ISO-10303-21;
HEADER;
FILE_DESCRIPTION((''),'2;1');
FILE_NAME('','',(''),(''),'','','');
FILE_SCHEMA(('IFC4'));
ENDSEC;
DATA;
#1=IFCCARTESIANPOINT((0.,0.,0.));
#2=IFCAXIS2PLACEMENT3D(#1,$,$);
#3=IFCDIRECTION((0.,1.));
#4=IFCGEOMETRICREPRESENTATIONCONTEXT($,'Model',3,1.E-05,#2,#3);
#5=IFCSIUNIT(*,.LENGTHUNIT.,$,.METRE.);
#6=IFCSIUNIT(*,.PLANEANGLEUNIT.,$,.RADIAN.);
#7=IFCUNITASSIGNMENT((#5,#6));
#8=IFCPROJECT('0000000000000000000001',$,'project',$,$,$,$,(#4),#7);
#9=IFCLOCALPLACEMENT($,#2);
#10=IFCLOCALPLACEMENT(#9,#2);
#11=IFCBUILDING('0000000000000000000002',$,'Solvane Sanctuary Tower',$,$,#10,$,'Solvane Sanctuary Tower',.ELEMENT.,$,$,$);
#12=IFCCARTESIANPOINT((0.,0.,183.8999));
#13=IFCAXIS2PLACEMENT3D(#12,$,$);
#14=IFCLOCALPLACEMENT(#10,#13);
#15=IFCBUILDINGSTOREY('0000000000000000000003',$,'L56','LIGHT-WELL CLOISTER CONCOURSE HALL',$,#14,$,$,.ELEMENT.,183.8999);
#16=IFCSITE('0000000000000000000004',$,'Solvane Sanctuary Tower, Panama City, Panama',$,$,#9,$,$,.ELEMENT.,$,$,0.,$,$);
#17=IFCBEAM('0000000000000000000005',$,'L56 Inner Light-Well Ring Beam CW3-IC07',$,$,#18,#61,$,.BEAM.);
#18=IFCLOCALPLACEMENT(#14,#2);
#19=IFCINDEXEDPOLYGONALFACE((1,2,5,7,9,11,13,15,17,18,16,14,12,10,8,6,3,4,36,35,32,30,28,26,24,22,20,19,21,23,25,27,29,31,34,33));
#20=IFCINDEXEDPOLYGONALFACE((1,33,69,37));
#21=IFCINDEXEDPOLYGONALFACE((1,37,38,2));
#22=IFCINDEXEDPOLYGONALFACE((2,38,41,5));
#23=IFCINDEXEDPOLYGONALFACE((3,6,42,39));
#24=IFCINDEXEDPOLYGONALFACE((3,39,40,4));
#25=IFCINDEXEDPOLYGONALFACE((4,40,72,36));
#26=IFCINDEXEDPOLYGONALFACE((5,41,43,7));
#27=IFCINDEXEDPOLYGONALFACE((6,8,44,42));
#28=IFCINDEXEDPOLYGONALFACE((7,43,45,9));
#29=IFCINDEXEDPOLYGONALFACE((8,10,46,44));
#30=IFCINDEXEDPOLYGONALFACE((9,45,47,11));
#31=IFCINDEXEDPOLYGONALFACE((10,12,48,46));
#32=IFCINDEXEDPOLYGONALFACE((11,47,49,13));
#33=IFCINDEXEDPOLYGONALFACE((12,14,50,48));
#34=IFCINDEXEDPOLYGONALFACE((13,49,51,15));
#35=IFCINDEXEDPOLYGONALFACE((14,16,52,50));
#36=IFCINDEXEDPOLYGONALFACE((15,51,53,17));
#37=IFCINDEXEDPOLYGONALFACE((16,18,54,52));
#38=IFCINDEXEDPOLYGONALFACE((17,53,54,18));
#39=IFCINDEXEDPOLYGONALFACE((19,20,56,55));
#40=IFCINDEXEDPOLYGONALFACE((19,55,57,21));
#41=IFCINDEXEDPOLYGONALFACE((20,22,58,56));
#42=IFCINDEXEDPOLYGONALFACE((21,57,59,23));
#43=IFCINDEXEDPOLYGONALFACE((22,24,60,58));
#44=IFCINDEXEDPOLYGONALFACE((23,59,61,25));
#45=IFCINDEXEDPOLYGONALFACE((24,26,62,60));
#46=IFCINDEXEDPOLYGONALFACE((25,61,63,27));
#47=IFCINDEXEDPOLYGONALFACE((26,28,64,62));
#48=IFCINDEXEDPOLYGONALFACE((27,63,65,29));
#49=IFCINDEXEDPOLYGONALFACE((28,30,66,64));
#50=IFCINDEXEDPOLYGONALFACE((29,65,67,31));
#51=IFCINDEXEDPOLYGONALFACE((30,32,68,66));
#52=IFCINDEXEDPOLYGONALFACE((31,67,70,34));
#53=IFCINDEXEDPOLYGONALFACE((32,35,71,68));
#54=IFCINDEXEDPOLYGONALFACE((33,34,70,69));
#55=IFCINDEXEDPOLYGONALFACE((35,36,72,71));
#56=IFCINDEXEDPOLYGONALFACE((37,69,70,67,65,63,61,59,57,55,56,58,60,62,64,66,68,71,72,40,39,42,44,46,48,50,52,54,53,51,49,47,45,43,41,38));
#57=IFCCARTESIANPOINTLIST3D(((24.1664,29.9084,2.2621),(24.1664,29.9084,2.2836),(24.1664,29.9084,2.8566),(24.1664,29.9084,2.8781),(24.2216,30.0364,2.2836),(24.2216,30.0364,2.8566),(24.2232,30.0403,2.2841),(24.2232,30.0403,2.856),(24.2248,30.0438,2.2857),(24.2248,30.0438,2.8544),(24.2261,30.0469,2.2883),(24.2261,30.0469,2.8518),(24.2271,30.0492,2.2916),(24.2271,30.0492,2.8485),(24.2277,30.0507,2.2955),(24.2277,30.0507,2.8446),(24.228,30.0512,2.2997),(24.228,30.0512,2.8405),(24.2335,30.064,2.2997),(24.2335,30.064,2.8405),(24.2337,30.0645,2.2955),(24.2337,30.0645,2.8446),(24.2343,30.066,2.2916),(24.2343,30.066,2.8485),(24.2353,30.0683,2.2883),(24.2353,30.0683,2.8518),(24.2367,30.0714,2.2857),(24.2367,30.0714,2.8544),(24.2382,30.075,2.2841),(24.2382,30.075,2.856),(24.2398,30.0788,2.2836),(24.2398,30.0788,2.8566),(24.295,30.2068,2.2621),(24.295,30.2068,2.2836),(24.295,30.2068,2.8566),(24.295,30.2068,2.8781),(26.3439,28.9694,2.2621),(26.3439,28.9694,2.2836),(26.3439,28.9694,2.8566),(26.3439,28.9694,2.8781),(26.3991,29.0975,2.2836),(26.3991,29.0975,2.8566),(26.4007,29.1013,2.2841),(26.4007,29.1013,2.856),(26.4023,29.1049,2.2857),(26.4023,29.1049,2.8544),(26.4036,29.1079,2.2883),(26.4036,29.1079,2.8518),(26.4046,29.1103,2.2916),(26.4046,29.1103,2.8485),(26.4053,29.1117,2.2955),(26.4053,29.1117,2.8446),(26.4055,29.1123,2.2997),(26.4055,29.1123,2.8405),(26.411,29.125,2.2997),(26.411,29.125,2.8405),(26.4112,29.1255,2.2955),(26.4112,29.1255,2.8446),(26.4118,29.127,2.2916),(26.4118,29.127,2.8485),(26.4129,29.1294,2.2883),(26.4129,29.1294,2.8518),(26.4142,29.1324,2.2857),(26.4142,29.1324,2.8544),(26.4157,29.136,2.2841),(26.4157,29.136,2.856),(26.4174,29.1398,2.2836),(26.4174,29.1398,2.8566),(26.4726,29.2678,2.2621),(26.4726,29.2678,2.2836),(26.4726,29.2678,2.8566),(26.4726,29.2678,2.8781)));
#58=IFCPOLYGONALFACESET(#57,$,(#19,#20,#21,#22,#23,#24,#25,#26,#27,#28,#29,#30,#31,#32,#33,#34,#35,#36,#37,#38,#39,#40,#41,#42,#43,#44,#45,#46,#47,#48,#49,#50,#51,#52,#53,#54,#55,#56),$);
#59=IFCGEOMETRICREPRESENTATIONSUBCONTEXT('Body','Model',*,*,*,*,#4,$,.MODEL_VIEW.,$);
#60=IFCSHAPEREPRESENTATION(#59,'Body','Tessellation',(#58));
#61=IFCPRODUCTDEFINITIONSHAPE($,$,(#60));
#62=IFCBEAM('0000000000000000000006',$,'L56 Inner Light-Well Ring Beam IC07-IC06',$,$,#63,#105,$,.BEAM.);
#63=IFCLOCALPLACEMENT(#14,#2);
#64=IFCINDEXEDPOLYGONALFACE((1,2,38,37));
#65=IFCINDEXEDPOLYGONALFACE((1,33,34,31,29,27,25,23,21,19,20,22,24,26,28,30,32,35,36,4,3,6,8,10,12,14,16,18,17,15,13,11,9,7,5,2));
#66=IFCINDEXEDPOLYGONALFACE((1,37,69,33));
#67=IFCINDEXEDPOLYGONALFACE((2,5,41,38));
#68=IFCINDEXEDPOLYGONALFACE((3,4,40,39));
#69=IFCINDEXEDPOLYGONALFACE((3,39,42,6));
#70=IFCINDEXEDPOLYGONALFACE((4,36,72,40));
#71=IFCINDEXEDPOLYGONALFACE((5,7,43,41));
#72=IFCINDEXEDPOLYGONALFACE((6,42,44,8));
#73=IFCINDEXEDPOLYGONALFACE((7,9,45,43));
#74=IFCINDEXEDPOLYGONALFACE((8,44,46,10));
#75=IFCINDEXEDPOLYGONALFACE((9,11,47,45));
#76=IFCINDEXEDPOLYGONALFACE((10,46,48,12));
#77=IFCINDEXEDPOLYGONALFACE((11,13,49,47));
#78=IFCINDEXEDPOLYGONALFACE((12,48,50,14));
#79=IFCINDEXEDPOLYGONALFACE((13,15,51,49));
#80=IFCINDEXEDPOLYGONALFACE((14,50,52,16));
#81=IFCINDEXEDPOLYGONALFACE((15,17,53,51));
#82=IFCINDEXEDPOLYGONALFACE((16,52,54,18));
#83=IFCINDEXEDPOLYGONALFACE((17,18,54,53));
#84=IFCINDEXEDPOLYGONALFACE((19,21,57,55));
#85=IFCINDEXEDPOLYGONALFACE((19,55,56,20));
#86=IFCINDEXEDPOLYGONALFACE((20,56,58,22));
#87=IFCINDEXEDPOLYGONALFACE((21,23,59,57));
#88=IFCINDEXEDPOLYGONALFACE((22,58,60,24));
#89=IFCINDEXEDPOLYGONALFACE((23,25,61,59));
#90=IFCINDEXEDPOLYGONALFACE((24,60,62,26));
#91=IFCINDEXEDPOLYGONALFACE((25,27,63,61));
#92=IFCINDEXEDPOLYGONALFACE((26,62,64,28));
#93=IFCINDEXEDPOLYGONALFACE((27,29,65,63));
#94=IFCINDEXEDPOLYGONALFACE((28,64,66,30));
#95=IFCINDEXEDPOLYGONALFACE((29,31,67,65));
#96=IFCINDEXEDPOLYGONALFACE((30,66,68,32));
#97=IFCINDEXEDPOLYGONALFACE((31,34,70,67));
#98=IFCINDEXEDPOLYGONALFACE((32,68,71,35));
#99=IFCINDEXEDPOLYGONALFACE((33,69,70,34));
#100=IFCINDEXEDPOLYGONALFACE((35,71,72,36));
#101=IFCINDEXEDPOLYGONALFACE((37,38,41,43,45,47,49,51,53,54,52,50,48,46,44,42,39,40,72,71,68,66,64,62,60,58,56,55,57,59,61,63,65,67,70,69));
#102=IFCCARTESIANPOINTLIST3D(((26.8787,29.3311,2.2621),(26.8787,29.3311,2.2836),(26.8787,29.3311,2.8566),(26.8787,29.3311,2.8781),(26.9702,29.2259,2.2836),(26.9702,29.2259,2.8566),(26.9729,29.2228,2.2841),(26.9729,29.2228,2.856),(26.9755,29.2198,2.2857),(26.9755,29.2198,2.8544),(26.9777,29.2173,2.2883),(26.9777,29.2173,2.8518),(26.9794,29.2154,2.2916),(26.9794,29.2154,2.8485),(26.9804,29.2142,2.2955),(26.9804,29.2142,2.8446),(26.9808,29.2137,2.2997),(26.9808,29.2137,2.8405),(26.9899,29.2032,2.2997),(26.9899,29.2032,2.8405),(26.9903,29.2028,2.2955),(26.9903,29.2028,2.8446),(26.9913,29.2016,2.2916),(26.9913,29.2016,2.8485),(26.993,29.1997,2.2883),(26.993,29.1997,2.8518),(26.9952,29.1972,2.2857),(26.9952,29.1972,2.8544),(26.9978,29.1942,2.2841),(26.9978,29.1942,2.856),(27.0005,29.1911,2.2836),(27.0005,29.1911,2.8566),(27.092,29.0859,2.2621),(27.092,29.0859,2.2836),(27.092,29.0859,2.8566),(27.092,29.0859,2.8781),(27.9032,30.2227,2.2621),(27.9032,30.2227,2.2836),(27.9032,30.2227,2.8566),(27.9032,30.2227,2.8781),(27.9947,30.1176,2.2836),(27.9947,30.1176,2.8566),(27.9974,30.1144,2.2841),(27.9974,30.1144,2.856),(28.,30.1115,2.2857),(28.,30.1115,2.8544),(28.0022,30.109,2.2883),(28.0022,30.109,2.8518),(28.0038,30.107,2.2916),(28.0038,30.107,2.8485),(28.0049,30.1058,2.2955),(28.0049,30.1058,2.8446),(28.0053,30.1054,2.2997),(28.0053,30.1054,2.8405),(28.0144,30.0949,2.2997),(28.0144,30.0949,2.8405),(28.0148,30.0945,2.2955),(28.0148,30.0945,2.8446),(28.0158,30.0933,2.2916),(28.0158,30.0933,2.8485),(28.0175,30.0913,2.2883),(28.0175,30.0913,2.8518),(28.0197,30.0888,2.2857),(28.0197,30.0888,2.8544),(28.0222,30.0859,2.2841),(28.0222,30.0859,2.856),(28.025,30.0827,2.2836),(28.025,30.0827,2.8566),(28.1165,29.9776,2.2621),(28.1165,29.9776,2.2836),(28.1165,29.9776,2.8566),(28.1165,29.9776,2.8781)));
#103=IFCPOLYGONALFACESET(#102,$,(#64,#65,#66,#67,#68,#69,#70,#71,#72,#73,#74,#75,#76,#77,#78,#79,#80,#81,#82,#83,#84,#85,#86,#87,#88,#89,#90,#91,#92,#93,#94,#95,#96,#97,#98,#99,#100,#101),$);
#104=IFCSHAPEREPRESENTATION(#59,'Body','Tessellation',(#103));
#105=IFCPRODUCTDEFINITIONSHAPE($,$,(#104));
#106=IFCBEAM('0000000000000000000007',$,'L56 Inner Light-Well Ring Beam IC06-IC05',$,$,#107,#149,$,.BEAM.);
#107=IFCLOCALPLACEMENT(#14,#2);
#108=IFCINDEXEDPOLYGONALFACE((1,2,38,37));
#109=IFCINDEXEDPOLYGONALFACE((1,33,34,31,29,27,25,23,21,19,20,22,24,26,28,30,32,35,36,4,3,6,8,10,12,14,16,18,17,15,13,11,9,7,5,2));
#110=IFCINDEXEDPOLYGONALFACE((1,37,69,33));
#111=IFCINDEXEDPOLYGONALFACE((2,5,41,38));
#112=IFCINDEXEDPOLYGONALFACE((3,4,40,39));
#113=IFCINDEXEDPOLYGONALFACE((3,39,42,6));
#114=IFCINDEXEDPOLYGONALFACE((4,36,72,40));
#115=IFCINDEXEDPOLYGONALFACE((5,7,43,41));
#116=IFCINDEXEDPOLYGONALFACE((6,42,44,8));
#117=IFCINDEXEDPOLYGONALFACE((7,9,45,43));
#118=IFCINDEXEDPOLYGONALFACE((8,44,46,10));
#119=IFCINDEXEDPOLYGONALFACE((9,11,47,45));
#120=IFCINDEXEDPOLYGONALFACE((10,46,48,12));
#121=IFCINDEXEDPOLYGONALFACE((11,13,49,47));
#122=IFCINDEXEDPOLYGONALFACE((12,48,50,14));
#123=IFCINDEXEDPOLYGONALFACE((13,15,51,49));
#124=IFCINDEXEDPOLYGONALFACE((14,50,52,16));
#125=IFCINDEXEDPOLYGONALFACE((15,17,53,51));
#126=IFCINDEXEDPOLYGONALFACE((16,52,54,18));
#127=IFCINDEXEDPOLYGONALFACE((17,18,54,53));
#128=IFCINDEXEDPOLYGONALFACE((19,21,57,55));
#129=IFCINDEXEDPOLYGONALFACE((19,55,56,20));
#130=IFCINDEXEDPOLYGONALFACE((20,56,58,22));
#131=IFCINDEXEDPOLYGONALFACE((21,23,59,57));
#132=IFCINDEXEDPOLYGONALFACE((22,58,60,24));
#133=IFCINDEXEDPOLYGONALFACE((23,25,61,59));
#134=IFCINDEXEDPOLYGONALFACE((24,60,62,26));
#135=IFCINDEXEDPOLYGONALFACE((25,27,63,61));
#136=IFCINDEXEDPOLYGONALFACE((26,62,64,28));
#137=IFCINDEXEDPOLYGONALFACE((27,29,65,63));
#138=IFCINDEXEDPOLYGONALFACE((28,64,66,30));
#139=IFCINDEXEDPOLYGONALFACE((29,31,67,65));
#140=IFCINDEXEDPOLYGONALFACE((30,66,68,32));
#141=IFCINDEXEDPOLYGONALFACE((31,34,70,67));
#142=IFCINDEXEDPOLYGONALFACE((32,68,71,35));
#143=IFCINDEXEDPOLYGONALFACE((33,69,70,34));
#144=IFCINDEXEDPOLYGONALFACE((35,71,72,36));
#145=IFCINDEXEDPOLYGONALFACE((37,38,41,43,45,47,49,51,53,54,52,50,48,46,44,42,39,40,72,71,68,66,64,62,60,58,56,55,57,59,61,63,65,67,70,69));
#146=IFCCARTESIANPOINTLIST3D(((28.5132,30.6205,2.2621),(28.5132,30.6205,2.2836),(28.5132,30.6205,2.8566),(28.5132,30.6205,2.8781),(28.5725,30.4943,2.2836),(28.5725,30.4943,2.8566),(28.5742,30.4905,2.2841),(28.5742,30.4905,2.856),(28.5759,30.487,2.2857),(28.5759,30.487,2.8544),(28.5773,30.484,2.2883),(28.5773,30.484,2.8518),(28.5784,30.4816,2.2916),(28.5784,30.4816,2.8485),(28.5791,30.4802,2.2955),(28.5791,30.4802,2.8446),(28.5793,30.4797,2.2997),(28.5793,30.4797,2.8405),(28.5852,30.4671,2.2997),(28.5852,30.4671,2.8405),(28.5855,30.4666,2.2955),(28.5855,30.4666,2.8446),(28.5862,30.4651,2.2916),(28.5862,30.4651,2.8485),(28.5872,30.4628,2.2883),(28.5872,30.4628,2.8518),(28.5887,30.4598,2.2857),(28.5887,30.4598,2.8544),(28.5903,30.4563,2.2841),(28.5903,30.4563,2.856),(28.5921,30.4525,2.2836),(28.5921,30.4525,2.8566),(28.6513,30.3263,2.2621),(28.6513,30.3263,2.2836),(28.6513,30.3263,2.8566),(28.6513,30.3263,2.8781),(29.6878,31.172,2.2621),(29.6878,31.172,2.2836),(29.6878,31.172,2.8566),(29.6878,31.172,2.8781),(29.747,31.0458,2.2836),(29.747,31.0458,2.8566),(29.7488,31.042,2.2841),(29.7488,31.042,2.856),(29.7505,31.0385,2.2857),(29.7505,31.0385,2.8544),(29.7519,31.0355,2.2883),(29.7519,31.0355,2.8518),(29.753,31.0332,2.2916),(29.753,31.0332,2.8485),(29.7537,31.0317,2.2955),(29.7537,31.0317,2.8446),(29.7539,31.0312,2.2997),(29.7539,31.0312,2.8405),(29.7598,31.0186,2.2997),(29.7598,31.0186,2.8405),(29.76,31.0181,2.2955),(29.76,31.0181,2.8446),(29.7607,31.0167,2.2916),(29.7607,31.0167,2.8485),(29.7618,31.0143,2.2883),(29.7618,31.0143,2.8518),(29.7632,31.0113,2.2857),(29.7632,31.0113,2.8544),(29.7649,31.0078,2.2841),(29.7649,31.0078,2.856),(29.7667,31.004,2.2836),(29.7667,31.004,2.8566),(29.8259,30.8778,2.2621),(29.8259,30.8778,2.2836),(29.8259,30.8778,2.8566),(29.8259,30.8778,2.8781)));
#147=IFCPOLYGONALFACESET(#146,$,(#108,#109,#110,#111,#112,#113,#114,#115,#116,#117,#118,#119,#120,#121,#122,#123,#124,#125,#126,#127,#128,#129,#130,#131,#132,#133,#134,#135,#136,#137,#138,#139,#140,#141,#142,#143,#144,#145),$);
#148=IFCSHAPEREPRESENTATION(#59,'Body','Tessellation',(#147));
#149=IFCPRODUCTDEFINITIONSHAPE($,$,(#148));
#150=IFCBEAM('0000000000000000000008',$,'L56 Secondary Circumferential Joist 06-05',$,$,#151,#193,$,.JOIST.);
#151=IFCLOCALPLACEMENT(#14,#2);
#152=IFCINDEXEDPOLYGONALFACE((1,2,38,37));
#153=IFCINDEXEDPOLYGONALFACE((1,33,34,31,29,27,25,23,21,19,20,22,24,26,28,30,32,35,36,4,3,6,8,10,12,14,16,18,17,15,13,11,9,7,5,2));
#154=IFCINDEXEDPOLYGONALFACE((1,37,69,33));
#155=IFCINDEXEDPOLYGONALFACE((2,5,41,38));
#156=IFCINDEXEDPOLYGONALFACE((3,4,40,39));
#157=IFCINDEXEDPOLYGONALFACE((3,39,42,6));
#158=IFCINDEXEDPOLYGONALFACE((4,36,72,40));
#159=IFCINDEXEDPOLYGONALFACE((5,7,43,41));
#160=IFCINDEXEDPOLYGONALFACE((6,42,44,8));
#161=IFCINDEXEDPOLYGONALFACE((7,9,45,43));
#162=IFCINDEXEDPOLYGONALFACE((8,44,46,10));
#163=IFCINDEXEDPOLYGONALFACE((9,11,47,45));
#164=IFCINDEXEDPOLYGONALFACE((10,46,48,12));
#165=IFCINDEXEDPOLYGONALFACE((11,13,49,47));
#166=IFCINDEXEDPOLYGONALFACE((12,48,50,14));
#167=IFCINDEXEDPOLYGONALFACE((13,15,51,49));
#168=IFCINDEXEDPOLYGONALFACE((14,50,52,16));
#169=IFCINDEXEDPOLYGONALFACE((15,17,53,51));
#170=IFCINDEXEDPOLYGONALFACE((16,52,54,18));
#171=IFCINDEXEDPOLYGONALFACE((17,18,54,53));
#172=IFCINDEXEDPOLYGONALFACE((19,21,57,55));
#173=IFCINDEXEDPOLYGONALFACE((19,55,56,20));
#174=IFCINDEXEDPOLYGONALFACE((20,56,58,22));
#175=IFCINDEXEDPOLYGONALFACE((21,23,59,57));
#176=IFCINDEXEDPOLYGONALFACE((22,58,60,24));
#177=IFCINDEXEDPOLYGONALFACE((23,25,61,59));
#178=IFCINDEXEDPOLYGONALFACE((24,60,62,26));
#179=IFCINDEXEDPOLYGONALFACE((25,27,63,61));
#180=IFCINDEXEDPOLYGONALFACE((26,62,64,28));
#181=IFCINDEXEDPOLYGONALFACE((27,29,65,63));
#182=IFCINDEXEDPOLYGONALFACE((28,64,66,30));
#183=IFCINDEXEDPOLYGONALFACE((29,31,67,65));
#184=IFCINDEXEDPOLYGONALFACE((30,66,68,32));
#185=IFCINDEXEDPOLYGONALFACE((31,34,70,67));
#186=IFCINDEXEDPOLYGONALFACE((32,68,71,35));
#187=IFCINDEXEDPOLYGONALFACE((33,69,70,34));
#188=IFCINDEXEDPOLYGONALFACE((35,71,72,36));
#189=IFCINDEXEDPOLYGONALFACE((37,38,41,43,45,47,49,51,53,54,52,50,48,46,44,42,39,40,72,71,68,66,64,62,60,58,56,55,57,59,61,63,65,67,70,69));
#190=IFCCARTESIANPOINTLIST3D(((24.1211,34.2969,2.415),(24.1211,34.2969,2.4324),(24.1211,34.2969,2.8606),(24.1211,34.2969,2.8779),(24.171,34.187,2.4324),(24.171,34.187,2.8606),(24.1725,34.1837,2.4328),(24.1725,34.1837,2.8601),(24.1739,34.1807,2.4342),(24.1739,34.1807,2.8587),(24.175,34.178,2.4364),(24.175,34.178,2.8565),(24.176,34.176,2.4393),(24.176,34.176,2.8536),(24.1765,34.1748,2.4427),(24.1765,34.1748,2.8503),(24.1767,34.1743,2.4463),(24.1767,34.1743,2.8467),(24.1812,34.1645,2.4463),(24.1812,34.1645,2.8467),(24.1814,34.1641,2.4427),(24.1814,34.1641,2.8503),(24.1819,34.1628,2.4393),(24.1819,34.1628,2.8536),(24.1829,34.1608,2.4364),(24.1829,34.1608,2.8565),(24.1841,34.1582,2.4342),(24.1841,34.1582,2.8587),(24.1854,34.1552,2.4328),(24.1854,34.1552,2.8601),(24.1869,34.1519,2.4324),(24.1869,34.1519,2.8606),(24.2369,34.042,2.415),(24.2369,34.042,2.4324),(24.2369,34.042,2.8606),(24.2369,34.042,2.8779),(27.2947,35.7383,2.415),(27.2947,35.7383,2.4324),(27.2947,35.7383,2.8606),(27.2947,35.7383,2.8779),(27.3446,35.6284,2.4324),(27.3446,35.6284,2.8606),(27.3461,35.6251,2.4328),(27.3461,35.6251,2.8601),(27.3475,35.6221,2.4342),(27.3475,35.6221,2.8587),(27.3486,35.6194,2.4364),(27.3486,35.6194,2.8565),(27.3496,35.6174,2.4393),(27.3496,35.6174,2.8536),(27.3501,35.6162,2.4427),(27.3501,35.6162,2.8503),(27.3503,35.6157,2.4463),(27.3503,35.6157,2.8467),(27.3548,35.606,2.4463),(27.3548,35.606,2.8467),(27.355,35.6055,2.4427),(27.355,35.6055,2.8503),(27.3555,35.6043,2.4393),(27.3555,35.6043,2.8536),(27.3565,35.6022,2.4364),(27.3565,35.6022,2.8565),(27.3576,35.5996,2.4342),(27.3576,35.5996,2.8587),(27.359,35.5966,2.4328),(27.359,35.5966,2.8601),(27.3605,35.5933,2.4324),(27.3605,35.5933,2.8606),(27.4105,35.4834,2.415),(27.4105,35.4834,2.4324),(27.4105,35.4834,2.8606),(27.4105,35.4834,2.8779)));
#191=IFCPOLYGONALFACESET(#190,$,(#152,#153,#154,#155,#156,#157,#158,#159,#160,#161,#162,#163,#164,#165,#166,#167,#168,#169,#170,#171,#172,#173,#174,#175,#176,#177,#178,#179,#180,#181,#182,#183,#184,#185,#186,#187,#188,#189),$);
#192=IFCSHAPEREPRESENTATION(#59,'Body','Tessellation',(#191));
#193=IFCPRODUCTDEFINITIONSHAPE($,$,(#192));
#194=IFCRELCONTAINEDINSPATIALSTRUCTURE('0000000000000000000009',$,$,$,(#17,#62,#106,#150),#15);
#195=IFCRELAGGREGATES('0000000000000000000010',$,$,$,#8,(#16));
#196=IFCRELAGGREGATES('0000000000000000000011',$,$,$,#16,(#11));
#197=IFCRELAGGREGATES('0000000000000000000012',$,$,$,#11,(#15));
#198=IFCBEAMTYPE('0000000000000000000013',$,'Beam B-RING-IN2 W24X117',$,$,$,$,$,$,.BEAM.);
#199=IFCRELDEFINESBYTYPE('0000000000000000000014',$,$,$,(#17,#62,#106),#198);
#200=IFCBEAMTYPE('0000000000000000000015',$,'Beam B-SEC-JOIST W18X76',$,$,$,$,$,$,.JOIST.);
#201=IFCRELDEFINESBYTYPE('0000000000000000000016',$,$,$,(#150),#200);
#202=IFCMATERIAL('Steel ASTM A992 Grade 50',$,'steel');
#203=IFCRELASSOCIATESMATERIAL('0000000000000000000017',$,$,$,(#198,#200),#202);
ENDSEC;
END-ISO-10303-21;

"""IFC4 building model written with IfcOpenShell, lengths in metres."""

from ifc_helpers import new_model, si_unit, direction, frame, origin, origin_2d, place, context, subcontext, project, spatial, i_section, extrude, material, material_profile, profile_set, type_object, element, save


model = new_model("IFC4")

# Units and contexts
model_context = context("Model", 3, precision=1e-05, world=origin(), true_north=direction((0.0, 1.0)))
body_context = subcontext(model_context, "Body", "Model", "MODEL_VIEW")
ifc_project = project(units=[si_unit("LENGTHUNIT", "METRE"), si_unit("PLANEANGLEUNIT", "RADIAN")], contexts=[model_context])

# Site, building, storey
site_placement = place(None, origin())
site = spatial("IfcSite", under=ifc_project, at=site_placement, Name="Solvane Sanctuary Tower, Panama City, Panama", CompositionType="ELEMENT", RefElevation=0.0)
building_placement = place(site_placement, origin())
building = spatial("IfcBuilding", under=site, at=building_placement, Name="Solvane Sanctuary Tower", LongName="Solvane Sanctuary Tower", CompositionType="ELEMENT")
storey_placement = place(building_placement, frame((0.0, 0.0, 183.8999)))
storey = spatial("IfcBuildingStorey", under=building, at=storey_placement, Name="L56", Description="LIGHT-WELL CLOISTER CONCOURSE HALL", CompositionType="ELEMENT", Elevation=183.8999)

# Beams
ifc_material_1 = material(Name="Steel ASTM A992 Grade 50", Category="steel")
ifc_material_profile_1 = material_profile(ifc_material_1, i_section(OverallWidth=0.325, OverallDepth=0.616, WebThickness=0.0139, FlangeThickness=0.0215, FilletRadius=0.0161, at=origin_2d()), Name="W24X117")
ifc_profile_set_1 = profile_set([ifc_material_profile_1], Name="Steel ASTM A992 Grade 50")
beam_type_1 = type_object("IfcBeamType", Name="Beam B-RING-IN2 W24X117", PredefinedType="BEAM", material=ifc_profile_set_1)
beam_1_placement = place(storey_placement, frame((24.2307, 30.0576, 2.5701), z_axis=(0.918264, -0.395969, 0.0), x_axis=(0.395969, 0.918264, 0.0)))
element("IfcBeam", 1, at=beam_1_placement, inside=storey, type_object=beam_type_1, Name="L56 Inner Light-Well Ring Beam CW3-IC07", PredefinedType="BEAM", context=body_context, shape_type="SweptSolid", body=[
    extrude(i_section(OverallWidth=0.325, OverallDepth=0.616, WebThickness=0.0139, FlangeThickness=0.0215, FilletRadius=0.0161, at=origin_2d()), origin(), (0.0, 0.0, 1.0), 2.3713),
])
beam_2_placement = place(storey_placement, frame((26.9854, 29.2085, 2.5701), z_axis=(0.754311, 0.656517, 0.0), x_axis=(-0.656517, 0.754311, 0.0)))
element("IfcBeam", 2, at=beam_2_placement, inside=storey, type_object=beam_type_1, Name="L56 Inner Light-Well Ring Beam IC07-IC06", PredefinedType="BEAM", context=body_context, shape_type="SweptSolid", body=[
    extrude(i_section(OverallWidth=0.325, OverallDepth=0.616, WebThickness=0.0139, FlangeThickness=0.0215, FilletRadius=0.0161, at=origin_2d()), origin(), (0.0, 0.0, 1.0), 1.3582),
])
beam_3_placement = place(storey_placement, frame((28.5823, 30.4734, 2.5701), z_axis=(0.905181, 0.425027, 0.0), x_axis=(-0.425027, 0.905181, 0.0)))
element("IfcBeam", 3, at=beam_3_placement, inside=storey, type_object=beam_type_1, Name="L56 Inner Light-Well Ring Beam IC06-IC05", PredefinedType="BEAM", context=body_context, shape_type="SweptSolid", body=[
    extrude(i_section(OverallWidth=0.325, OverallDepth=0.616, WebThickness=0.0139, FlangeThickness=0.0215, FilletRadius=0.0161, at=origin_2d()), origin(), (0.0, 0.0, 1.0), 1.2976),
])
ifc_material_profile_2 = material_profile(ifc_material_1, i_section(OverallWidth=0.28, OverallDepth=0.4629, WebThickness=0.0107, FlangeThickness=0.0173, FilletRadius=0.0139, at=origin_2d()), Name="W18X76")
ifc_profile_set_2 = profile_set([ifc_material_profile_2], Name="Steel ASTM A992 Grade 50")
beam_type_2 = type_object("IfcBeamType", Name="Beam B-SEC-JOIST W18X76", PredefinedType="JOIST", material=ifc_profile_set_2)
beam_4_placement = place(storey_placement, frame((24.179, 34.1694, 2.6465), z_axis=(0.910489, 0.413534, 0.0), x_axis=(-0.413534, 0.910489, 0.0)))
element("IfcBeam", 4, at=beam_4_placement, inside=storey, type_object=beam_type_2, Name="L56 Secondary Circumferential Joist 06-05", PredefinedType="JOIST", context=body_context, shape_type="SweptSolid", body=[
    extrude(i_section(OverallWidth=0.28, OverallDepth=0.4629, WebThickness=0.0107, FlangeThickness=0.0173, FilletRadius=0.0139, at=origin_2d()), origin(), (0.0, 0.0, 1.0), 3.4856),
])

save(model, "model.ifc")
